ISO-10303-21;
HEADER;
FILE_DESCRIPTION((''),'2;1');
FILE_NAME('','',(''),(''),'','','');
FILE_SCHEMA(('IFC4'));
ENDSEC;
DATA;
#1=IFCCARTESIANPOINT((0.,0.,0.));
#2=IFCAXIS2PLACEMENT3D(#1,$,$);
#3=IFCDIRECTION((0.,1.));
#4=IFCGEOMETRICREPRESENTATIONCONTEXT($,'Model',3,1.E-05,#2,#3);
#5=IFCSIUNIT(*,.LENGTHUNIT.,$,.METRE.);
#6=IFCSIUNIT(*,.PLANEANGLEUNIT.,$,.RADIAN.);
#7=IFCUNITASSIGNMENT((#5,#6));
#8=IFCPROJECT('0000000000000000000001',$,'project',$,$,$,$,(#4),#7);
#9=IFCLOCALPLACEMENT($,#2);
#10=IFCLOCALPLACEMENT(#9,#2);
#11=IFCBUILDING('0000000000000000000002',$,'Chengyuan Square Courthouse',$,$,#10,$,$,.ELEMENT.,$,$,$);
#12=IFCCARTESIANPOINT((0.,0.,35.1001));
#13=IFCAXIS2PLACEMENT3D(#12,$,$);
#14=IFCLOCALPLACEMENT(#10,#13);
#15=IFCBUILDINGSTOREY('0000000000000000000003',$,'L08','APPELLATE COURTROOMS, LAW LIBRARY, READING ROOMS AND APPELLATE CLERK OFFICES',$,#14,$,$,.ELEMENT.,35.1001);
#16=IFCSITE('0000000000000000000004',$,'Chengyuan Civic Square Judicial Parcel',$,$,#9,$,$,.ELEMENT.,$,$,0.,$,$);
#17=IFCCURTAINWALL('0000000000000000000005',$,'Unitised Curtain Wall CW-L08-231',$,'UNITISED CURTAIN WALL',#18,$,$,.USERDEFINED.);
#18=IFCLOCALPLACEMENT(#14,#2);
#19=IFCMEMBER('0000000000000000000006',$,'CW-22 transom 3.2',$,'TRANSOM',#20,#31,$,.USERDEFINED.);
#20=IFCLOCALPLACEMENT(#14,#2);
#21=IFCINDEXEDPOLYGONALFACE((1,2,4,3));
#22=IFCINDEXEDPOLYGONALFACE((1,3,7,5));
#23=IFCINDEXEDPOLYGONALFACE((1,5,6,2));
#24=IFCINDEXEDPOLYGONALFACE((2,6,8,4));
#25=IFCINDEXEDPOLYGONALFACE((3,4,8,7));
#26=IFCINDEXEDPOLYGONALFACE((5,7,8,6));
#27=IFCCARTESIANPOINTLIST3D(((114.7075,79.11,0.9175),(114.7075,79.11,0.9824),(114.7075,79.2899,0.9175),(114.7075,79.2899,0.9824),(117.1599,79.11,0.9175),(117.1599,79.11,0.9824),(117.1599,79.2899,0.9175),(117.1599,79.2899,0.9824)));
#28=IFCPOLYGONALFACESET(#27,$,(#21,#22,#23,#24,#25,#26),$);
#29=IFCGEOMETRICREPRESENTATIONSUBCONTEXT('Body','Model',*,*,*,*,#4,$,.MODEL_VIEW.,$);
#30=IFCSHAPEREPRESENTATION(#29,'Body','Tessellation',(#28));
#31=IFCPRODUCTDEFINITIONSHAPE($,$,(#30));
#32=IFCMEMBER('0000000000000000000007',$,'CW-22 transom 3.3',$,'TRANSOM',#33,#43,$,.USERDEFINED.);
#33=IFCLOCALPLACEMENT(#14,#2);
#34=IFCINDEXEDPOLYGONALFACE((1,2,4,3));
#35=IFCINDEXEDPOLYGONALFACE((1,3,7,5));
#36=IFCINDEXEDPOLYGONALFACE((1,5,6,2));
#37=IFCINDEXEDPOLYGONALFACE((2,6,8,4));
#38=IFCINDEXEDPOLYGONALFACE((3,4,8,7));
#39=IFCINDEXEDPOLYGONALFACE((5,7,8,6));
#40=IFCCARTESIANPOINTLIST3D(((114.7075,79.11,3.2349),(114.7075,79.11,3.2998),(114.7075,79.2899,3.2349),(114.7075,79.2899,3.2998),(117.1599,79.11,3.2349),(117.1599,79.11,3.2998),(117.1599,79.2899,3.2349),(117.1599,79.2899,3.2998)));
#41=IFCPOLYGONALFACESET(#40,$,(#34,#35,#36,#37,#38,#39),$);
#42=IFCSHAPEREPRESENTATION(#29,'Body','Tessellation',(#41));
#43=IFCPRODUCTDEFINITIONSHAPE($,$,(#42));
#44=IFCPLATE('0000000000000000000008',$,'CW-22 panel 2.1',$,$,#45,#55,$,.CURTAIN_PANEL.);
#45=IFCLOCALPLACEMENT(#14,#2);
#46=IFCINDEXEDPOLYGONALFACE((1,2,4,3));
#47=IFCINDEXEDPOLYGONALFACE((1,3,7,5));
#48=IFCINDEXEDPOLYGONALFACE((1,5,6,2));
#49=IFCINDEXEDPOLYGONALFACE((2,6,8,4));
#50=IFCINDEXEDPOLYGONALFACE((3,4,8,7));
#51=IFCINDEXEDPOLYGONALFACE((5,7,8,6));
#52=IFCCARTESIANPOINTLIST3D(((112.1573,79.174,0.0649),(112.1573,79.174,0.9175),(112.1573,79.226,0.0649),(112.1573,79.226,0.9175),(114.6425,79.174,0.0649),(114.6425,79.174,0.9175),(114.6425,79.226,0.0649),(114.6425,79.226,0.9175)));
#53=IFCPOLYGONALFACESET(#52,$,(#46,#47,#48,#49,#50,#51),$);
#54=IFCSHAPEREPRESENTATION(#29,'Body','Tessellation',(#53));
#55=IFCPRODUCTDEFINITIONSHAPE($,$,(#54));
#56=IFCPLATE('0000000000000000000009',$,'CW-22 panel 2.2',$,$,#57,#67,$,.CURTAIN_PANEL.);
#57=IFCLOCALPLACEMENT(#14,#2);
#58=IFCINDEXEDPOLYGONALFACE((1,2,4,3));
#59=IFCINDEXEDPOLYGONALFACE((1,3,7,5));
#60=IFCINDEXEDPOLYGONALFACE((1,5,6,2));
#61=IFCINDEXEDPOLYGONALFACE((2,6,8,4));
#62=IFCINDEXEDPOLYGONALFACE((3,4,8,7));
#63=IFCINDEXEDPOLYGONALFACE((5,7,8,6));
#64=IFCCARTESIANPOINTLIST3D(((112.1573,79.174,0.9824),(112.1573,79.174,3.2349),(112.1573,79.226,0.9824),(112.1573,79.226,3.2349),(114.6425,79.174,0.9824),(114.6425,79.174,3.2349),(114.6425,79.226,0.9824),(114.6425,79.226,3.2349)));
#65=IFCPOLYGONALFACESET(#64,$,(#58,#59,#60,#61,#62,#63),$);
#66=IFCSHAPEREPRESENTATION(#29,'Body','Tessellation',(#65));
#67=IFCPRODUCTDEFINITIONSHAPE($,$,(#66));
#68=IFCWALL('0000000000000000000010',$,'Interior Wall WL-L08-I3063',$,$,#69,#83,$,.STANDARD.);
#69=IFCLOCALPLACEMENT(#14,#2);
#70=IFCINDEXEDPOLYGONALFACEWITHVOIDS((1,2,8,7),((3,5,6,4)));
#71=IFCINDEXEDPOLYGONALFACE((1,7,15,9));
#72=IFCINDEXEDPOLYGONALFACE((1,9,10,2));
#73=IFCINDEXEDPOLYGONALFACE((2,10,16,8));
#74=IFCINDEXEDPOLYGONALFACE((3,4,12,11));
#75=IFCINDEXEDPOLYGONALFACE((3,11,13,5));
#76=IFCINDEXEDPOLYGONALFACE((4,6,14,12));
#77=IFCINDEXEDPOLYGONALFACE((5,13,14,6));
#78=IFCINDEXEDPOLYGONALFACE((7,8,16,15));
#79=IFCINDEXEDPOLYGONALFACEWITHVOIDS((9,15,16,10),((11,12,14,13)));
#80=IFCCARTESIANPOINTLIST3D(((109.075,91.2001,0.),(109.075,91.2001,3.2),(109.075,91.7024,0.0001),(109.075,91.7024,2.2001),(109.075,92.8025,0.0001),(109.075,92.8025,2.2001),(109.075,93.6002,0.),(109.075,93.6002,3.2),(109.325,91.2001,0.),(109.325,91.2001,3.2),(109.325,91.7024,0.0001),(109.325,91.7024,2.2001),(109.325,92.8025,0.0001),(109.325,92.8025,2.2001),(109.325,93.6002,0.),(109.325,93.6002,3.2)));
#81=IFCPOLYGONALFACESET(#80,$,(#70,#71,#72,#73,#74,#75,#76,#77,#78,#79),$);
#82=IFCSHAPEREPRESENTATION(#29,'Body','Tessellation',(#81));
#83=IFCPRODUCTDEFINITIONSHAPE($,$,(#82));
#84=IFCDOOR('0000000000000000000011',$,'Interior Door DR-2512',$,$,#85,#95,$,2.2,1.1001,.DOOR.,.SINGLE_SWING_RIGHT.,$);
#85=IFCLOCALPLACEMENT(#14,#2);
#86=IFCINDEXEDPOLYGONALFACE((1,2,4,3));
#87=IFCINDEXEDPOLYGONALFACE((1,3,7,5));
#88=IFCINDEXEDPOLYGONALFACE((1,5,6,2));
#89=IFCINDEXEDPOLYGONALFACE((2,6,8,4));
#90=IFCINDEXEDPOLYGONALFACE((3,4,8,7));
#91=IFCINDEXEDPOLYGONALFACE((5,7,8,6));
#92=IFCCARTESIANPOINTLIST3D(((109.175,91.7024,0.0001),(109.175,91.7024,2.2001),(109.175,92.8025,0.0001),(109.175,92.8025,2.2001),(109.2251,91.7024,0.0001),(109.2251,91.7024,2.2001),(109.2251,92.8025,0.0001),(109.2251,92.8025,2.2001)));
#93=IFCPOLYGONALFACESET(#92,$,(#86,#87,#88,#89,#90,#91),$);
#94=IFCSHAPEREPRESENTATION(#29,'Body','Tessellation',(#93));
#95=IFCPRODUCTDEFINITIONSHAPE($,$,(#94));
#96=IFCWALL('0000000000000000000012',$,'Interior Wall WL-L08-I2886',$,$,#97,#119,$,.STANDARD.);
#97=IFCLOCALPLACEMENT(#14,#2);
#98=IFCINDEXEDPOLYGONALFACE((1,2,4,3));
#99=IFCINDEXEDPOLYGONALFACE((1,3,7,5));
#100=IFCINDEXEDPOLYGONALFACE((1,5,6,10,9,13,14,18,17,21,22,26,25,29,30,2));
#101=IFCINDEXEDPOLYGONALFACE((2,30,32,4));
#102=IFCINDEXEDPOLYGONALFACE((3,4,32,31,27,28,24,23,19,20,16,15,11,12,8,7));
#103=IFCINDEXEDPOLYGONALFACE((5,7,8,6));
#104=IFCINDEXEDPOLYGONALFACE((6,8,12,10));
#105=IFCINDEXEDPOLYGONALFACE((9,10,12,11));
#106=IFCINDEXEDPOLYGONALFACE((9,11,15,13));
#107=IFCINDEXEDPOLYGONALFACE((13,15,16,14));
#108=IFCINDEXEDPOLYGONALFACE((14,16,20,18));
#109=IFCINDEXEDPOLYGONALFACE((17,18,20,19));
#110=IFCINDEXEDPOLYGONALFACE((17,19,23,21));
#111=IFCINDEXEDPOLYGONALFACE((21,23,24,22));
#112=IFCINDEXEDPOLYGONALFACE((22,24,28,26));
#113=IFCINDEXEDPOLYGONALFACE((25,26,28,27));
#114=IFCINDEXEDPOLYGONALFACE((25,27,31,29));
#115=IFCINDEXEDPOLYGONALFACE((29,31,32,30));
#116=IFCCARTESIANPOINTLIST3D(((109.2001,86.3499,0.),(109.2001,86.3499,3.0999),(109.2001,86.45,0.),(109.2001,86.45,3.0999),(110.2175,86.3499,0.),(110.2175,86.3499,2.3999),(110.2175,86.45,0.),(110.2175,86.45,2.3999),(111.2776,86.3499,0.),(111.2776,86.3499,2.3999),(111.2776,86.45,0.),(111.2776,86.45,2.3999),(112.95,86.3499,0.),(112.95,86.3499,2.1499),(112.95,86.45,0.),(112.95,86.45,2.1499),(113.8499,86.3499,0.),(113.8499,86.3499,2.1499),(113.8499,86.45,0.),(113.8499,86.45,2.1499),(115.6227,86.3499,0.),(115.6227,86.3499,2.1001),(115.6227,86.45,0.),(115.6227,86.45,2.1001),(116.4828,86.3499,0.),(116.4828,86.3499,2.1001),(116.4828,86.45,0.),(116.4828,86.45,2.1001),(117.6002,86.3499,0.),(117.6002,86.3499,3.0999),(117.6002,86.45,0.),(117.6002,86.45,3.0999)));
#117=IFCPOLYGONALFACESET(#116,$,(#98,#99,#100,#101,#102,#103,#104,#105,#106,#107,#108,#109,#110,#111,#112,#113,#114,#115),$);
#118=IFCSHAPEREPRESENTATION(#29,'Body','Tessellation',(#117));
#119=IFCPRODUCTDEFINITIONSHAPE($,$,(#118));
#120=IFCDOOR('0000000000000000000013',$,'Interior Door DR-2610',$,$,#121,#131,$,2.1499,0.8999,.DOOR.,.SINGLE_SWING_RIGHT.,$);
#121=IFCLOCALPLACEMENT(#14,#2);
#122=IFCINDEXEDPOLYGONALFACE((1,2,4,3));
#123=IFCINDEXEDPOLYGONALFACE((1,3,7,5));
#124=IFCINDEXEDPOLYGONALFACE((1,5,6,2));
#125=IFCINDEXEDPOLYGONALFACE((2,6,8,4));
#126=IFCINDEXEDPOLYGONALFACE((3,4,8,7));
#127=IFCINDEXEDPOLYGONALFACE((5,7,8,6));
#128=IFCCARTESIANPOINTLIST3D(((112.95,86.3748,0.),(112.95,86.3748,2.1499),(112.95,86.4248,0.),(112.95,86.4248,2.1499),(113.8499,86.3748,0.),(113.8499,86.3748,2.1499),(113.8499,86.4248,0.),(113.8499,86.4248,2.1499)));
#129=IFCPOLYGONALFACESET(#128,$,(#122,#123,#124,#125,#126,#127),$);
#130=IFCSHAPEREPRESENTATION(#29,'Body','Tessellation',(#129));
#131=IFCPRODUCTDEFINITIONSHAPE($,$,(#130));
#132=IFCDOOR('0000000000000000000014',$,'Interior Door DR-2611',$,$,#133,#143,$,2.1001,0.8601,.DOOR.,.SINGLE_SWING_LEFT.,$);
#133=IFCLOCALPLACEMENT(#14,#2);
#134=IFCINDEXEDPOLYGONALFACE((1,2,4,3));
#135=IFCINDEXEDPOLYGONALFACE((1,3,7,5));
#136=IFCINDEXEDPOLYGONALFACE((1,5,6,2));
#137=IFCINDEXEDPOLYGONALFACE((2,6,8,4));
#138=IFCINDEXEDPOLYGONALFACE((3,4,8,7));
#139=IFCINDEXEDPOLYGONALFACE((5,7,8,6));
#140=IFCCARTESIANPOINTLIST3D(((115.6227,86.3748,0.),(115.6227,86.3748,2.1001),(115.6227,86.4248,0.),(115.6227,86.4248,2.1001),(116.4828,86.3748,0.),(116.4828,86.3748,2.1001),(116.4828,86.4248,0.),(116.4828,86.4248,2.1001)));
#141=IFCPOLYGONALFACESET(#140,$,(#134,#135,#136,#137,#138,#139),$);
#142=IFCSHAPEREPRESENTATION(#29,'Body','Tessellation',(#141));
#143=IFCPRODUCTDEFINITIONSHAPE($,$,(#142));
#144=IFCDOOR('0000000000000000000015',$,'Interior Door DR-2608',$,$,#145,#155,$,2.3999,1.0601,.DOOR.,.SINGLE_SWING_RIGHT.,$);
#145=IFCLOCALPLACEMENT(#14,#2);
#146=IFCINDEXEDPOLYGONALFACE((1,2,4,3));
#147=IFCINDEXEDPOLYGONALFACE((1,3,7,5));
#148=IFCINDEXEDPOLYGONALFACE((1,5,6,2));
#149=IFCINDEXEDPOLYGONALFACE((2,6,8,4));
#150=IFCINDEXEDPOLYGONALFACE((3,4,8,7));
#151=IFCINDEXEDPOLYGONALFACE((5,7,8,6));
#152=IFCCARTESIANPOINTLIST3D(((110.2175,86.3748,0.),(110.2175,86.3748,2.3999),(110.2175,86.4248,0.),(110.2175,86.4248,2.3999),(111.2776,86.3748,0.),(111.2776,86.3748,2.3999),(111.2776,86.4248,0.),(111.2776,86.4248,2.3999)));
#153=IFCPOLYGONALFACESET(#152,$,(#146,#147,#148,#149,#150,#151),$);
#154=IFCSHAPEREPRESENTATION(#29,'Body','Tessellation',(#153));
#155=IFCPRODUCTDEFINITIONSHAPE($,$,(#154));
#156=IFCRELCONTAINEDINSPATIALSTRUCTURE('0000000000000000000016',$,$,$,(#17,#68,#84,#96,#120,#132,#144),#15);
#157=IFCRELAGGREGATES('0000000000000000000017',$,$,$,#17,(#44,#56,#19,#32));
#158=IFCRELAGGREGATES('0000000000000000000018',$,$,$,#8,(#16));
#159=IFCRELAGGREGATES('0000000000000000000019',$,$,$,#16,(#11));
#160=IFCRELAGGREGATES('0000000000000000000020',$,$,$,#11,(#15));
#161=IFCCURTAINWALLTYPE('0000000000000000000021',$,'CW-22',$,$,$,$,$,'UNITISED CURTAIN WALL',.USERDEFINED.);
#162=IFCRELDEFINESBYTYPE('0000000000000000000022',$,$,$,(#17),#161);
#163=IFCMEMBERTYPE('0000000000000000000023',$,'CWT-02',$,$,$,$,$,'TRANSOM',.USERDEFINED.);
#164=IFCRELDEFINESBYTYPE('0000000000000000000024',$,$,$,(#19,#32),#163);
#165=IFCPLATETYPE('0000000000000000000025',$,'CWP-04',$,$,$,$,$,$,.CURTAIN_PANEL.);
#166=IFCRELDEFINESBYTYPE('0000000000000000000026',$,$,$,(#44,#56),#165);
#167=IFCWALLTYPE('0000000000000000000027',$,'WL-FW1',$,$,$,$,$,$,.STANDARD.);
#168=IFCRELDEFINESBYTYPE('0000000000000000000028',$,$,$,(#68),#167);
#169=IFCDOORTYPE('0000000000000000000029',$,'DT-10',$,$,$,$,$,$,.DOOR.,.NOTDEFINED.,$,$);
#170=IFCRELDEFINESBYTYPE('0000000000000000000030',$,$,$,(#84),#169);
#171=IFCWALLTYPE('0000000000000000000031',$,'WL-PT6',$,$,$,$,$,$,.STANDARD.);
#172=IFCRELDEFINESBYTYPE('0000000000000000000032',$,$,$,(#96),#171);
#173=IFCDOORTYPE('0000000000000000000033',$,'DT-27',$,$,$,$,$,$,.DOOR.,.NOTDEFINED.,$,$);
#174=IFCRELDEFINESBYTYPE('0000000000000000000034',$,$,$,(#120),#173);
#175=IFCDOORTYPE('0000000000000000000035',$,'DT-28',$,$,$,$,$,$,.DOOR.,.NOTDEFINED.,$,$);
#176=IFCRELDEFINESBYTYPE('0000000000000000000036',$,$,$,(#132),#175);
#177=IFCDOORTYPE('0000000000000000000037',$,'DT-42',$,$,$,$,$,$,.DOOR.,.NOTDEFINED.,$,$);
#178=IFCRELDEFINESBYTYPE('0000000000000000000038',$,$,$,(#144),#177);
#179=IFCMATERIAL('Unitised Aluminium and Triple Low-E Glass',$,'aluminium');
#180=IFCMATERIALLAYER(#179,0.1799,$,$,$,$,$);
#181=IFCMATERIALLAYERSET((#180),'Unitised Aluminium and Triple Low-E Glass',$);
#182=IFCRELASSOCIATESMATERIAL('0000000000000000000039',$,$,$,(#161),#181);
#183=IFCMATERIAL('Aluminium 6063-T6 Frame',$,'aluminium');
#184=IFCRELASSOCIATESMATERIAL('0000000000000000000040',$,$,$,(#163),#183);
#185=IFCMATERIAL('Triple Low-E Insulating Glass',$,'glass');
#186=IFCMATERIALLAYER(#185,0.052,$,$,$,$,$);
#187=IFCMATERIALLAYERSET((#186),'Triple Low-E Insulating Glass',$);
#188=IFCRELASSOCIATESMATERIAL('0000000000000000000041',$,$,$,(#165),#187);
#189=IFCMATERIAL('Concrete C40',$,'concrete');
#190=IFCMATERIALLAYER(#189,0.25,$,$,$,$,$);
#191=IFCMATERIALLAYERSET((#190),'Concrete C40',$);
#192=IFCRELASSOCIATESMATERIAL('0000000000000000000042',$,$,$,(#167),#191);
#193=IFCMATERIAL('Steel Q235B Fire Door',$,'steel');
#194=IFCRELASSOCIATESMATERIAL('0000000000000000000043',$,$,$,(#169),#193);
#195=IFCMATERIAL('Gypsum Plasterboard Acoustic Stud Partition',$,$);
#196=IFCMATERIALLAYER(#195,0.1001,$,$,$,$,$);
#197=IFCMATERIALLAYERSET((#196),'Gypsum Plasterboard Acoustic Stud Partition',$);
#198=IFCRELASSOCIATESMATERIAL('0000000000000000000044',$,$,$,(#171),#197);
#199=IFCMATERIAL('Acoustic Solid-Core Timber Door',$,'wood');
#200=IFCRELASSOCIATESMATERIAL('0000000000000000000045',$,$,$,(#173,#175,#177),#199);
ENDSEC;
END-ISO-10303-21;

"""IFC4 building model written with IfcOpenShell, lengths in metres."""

from ifc_helpers import new_model, si_unit, direction, frame, frame_2d, origin, origin_2d, place, context, subcontext, project, spatial, rectangle, extrude, material, layer, layer_set, material_profile, profile_set, type_object, element, fill, aggregate, save


model = new_model("IFC4")

# Units and contexts
model_context = context("Model", 3, precision=1e-05, world=origin(), true_north=direction((0.0, 1.0)))
body_context = subcontext(model_context, "Body", "Model", "MODEL_VIEW")
ifc_project = project(units=[si_unit("LENGTHUNIT", "METRE"), si_unit("PLANEANGLEUNIT", "RADIAN")], contexts=[model_context])

# Site, building, storey
site_placement = place(None, origin())
site = spatial("IfcSite", under=ifc_project, at=site_placement, Name="Chengyuan Civic Square Judicial Parcel", CompositionType="ELEMENT", RefElevation=0.0)
building_placement = place(site_placement, origin())
building = spatial("IfcBuilding", under=site, at=building_placement, Name="Chengyuan Square Courthouse", CompositionType="ELEMENT")
storey_placement = place(building_placement, frame((0.0, 0.0, 35.1001)))
storey = spatial("IfcBuildingStorey", under=building, at=storey_placement, Name="L08", Description="APPELLATE COURTROOMS, LAW LIBRARY, READING ROOMS AND APPELLATE CLERK OFFICES", CompositionType="ELEMENT", Elevation=35.1001)

# Shared definitions
ifc_material_1 = material(Name="Concrete C40", Category="concrete")

# Curtain wall, members, plates
ifc_material_2 = material(Name="Unitised Aluminium and Triple Low-E Glass", Category="aluminium")
ifc_layer_1 = layer(ifc_material_2, 0.1799)
ifc_layer_set_1 = layer_set([ifc_layer_1], Name="Unitised Aluminium and Triple Low-E Glass")
curtain_wall_type = type_object("IfcCurtainWallType", Name="CW-22", ElementType="UNITISED CURTAIN WALL", PredefinedType="USERDEFINED", material=ifc_layer_set_1)
curtain_wall_placement = place(storey_placement, origin())
curtain_wall = element("IfcCurtainWall", 1, at=curtain_wall_placement, inside=storey, type_object=curtain_wall_type, Name="Unitised Curtain Wall CW-L08-231", ObjectType="UNITISED CURTAIN WALL", PredefinedType="USERDEFINED")
ifc_material_3 = material(Name="Aluminium 6063-T6 Frame", Category="aluminium")
ifc_material_profile_1 = material_profile(ifc_material_3, rectangle(XDim=0.1799, YDim=0.0649, at=origin_2d()), Name="CW-TRN-65x140")
ifc_profile_set_1 = profile_set([ifc_material_profile_1], Name="Aluminium 6063-T6 Frame")
member_type_1 = type_object("IfcMemberType", Name="CWT-02", ElementType="TRANSOM", PredefinedType="USERDEFINED", material=ifc_profile_set_1)
member_1_placement = place(storey_placement, frame((114.7075, 79.2, 0.95), z_axis=(1.0, 0.0, 0.0), x_axis=(0.0, 1.0, 0.0)))
member_1 = element("IfcMember", 2, at=member_1_placement, type_object=member_type_1, Name="CW-22 transom 3.2", ObjectType="TRANSOM", PredefinedType="USERDEFINED", context=body_context, shape_type="SweptSolid", body=[
    extrude(rectangle(XDim=0.1799, YDim=0.0649, at=origin_2d()), origin(), (0.0, 0.0, 1.0), 2.4524),
])
member_2_placement = place(storey_placement, frame((114.7075, 79.2, 3.2673), z_axis=(1.0, 0.0, 0.0), x_axis=(0.0, 1.0, 0.0)))
member_2 = element("IfcMember", 3, at=member_2_placement, type_object=member_type_1, Name="CW-22 transom 3.3", ObjectType="TRANSOM", PredefinedType="USERDEFINED", context=body_context, shape_type="SweptSolid", body=[
    extrude(rectangle(XDim=0.1799, YDim=0.0649, at=origin_2d()), origin(), (0.0, 0.0, 1.0), 2.4524),
])
ifc_material_4 = material(Name="Triple Low-E Insulating Glass", Category="glass")
ifc_layer_2 = layer(ifc_material_4, 0.052)
ifc_layer_set_2 = layer_set([ifc_layer_2], Name="Triple Low-E Insulating Glass")
plate_type = type_object("IfcPlateType", Name="CWP-04", PredefinedType="CURTAIN_PANEL", material=ifc_layer_set_2)
plate_1_placement = place(storey_placement, frame((113.3999, 79.2, 0.0649), z_axis=(0.0, 0.0, 1.0), x_axis=(1.0, 0.0, 0.0)))
plate_1 = element("IfcPlate", 4, at=plate_1_placement, type_object=plate_type, Name="CW-22 panel 2.1", PredefinedType="CURTAIN_PANEL", context=body_context, shape_type="SweptSolid", body=[
    extrude(rectangle(XDim=2.4851, YDim=0.052, at=origin_2d()), origin(), (0.0, 0.0, 1.0), 0.8525),
])
plate_2_placement = place(storey_placement, frame((113.3999, 79.2, 0.9824), z_axis=(0.0, 0.0, 1.0), x_axis=(1.0, 0.0, 0.0)))
plate_2 = element("IfcPlate", 5, at=plate_2_placement, type_object=plate_type, Name="CW-22 panel 2.2", PredefinedType="CURTAIN_PANEL", context=body_context, shape_type="SweptSolid", body=[
    extrude(rectangle(XDim=2.4851, YDim=0.052, at=origin_2d()), origin(), (0.0, 0.0, 1.0), 2.2524),
])
aggregate(curtain_wall, [plate_1, plate_2, member_1, member_2])

# Wall, opening, door
ifc_layer_3 = layer(ifc_material_1, 0.25)
ifc_layer_set_3 = layer_set([ifc_layer_3], Name="Concrete C40")
wall_type_1 = type_object("IfcWallType", Name="WL-FW1", PredefinedType="STANDARD", material=ifc_layer_set_3)
wall_1_placement = place(storey_placement, frame((109.2, 91.2, 0.0), z_axis=(0.0, 0.0, 1.0), x_axis=(0.0, 1.0, 0.0)))
wall_1 = element("IfcWall", 6, at=wall_1_placement, inside=storey, type_object=wall_type_1, Name="Interior Wall WL-L08-I3063", PredefinedType="STANDARD", context=body_context, shape_type="SweptSolid", body=[
    extrude(rectangle(XDim=2.4001, YDim=0.25, at=frame_2d((1.2002, 0.0))), origin(), (0.0, 0.0, 1.0), 3.2),
])
opening_1_placement = place(wall_1_placement, frame((0.5024, 0.0, 0.0)))
opening_1 = element("IfcOpeningElement", 7, at=opening_1_placement, cuts=wall_1, PredefinedType="OPENING", context=body_context, shape_type="SweptSolid", body=[
    extrude(rectangle(XDim=1.1001, YDim=2.2, at=frame_2d((0.55, 1.1001))), frame((0.0, 0.137, 0.0), z_axis=(0.0, -1.0, 0.0), x_axis=(1.0, 0.0, 0.0)), (0.0, 0.0, 1.0), 0.2739),
])
ifc_material_5 = material(Name="Steel Q235B Fire Door", Category="steel")
door_type_1 = type_object("IfcDoorType", Name="DT-10", OperationType="NOTDEFINED", PredefinedType="DOOR", material=ifc_material_5)
door_1_placement = place(opening_1_placement, origin())
door_1 = element("IfcDoor", 8, at=door_1_placement, inside=storey, type_object=door_type_1, Name="Interior Door DR-2512", OperationType="SINGLE_SWING_RIGHT", OverallHeight=2.2, OverallWidth=1.1001, PredefinedType="DOOR", context=body_context, shape_type="SweptSolid", body=[
    extrude(rectangle(XDim=1.1001, YDim=2.2, at=frame_2d((0.55, 1.1001))), frame((0.0, 0.0249, 0.0), z_axis=(0.0, -1.0, 0.0), x_axis=(1.0, 0.0, 0.0)), (0.0, 0.0, 1.0), 0.05),
])
fill(opening_1, door_1)

# Wall, openings, doors
ifc_material_6 = material(Name="Gypsum Plasterboard Acoustic Stud Partition")
ifc_layer_4 = layer(ifc_material_6, 0.1001)
ifc_layer_set_4 = layer_set([ifc_layer_4], Name="Gypsum Plasterboard Acoustic Stud Partition")
wall_type_2 = type_object("IfcWallType", Name="WL-PT6", PredefinedType="STANDARD", material=ifc_layer_set_4)
wall_2_placement = place(storey_placement, frame((109.2, 86.3999, 0.0), z_axis=(0.0, 0.0, 1.0), x_axis=(1.0, 0.0, 0.0)))
wall_2 = element("IfcWall", 9, at=wall_2_placement, inside=storey, type_object=wall_type_2, Name="Interior Wall WL-L08-I2886", PredefinedType="STANDARD", context=body_context, shape_type="SweptSolid", body=[
    extrude(rectangle(XDim=8.4001, YDim=0.1001, at=frame_2d((4.2002, 0.0))), origin(), (0.0, 0.0, 1.0), 3.0999),
])
opening_2_placement = place(wall_2_placement, frame((1.0176, 0.0, 0.0)))
opening_2 = element("IfcOpeningElement", 10, at=opening_2_placement, cuts=wall_2, PredefinedType="OPENING", context=body_context, shape_type="SweptSolid", body=[
    extrude(rectangle(XDim=1.0601, YDim=2.3999, at=frame_2d((0.53, 1.2))), frame((0.0, 0.062, 0.0), z_axis=(0.0, -1.0, 0.0), x_axis=(1.0, 0.0, 0.0)), (0.0, 0.0, 1.0), 0.124),
])
opening_3_placement = place(wall_2_placement, frame((3.75, 0.0, 0.0)))
opening_3 = element("IfcOpeningElement", 11, at=opening_3_placement, cuts=wall_2, PredefinedType="OPENING", context=body_context, shape_type="SweptSolid", body=[
    extrude(rectangle(XDim=0.8999, YDim=2.1499, at=frame_2d((0.45, 1.075))), frame((0.0, 0.062, 0.0), z_axis=(0.0, -1.0, 0.0), x_axis=(1.0, 0.0, 0.0)), (0.0, 0.0, 1.0), 0.124),
])
opening_4_placement = place(wall_2_placement, frame((6.4226, 0.0, 0.0)))
opening_4 = element("IfcOpeningElement", 12, at=opening_4_placement, cuts=wall_2, PredefinedType="OPENING", context=body_context, shape_type="SweptSolid", body=[
    extrude(rectangle(XDim=0.8601, YDim=2.1001, at=frame_2d((0.4302, 1.05))), frame((0.0, 0.062, 0.0), z_axis=(0.0, -1.0, 0.0), x_axis=(1.0, 0.0, 0.0)), (0.0, 0.0, 1.0), 0.124),
])
ifc_material_7 = material(Name="Acoustic Solid-Core Timber Door", Category="wood")
door_type_2 = type_object("IfcDoorType", Name="DT-27", OperationType="NOTDEFINED", PredefinedType="DOOR", material=ifc_material_7)
door_2_placement = place(opening_3_placement, origin())
door_2 = element("IfcDoor", 13, at=door_2_placement, inside=storey, type_object=door_type_2, Name="Interior Door DR-2610", OperationType="SINGLE_SWING_RIGHT", OverallHeight=2.1499, OverallWidth=0.8999, PredefinedType="DOOR", context=body_context, shape_type="SweptSolid", body=[
    extrude(rectangle(XDim=0.8999, YDim=2.1499, at=frame_2d((0.45, 1.075))), frame((0.0, 0.0249, 0.0), z_axis=(0.0, -1.0, 0.0), x_axis=(1.0, 0.0, 0.0)), (0.0, 0.0, 1.0), 0.05),
])
fill(opening_3, door_2)
door_type_3 = type_object("IfcDoorType", Name="DT-28", OperationType="NOTDEFINED", PredefinedType="DOOR", material=ifc_material_7)
door_3_placement = place(opening_4_placement, origin())
door_3 = element("IfcDoor", 14, at=door_3_placement, inside=storey, type_object=door_type_3, Name="Interior Door DR-2611", OperationType="SINGLE_SWING_LEFT", OverallHeight=2.1001, OverallWidth=0.8601, PredefinedType="DOOR", context=body_context, shape_type="SweptSolid", body=[
    extrude(rectangle(XDim=0.8601, YDim=2.1001, at=frame_2d((0.4302, 1.05))), frame((0.0, 0.0249, 0.0), z_axis=(0.0, -1.0, 0.0), x_axis=(1.0, 0.0, 0.0)), (0.0, 0.0, 1.0), 0.05),
])
fill(opening_4, door_3)
door_type_4 = type_object("IfcDoorType", Name="DT-42", OperationType="NOTDEFINED", PredefinedType="DOOR", material=ifc_material_7)
door_4_placement = place(opening_2_placement, origin())
door_4 = element("IfcDoor", 15, at=door_4_placement, inside=storey, type_object=door_type_4, Name="Interior Door DR-2608", OperationType="SINGLE_SWING_RIGHT", OverallHeight=2.3999, OverallWidth=1.0601, PredefinedType="DOOR", context=body_context, shape_type="SweptSolid", body=[
    extrude(rectangle(XDim=1.0601, YDim=2.3999, at=frame_2d((0.53, 1.2))), frame((0.0, 0.0249, 0.0), z_axis=(0.0, -1.0, 0.0), x_axis=(1.0, 0.0, 0.0)), (0.0, 0.0, 1.0), 0.05),
])
fill(opening_2, door_4)

save(model, "model.ifc")
